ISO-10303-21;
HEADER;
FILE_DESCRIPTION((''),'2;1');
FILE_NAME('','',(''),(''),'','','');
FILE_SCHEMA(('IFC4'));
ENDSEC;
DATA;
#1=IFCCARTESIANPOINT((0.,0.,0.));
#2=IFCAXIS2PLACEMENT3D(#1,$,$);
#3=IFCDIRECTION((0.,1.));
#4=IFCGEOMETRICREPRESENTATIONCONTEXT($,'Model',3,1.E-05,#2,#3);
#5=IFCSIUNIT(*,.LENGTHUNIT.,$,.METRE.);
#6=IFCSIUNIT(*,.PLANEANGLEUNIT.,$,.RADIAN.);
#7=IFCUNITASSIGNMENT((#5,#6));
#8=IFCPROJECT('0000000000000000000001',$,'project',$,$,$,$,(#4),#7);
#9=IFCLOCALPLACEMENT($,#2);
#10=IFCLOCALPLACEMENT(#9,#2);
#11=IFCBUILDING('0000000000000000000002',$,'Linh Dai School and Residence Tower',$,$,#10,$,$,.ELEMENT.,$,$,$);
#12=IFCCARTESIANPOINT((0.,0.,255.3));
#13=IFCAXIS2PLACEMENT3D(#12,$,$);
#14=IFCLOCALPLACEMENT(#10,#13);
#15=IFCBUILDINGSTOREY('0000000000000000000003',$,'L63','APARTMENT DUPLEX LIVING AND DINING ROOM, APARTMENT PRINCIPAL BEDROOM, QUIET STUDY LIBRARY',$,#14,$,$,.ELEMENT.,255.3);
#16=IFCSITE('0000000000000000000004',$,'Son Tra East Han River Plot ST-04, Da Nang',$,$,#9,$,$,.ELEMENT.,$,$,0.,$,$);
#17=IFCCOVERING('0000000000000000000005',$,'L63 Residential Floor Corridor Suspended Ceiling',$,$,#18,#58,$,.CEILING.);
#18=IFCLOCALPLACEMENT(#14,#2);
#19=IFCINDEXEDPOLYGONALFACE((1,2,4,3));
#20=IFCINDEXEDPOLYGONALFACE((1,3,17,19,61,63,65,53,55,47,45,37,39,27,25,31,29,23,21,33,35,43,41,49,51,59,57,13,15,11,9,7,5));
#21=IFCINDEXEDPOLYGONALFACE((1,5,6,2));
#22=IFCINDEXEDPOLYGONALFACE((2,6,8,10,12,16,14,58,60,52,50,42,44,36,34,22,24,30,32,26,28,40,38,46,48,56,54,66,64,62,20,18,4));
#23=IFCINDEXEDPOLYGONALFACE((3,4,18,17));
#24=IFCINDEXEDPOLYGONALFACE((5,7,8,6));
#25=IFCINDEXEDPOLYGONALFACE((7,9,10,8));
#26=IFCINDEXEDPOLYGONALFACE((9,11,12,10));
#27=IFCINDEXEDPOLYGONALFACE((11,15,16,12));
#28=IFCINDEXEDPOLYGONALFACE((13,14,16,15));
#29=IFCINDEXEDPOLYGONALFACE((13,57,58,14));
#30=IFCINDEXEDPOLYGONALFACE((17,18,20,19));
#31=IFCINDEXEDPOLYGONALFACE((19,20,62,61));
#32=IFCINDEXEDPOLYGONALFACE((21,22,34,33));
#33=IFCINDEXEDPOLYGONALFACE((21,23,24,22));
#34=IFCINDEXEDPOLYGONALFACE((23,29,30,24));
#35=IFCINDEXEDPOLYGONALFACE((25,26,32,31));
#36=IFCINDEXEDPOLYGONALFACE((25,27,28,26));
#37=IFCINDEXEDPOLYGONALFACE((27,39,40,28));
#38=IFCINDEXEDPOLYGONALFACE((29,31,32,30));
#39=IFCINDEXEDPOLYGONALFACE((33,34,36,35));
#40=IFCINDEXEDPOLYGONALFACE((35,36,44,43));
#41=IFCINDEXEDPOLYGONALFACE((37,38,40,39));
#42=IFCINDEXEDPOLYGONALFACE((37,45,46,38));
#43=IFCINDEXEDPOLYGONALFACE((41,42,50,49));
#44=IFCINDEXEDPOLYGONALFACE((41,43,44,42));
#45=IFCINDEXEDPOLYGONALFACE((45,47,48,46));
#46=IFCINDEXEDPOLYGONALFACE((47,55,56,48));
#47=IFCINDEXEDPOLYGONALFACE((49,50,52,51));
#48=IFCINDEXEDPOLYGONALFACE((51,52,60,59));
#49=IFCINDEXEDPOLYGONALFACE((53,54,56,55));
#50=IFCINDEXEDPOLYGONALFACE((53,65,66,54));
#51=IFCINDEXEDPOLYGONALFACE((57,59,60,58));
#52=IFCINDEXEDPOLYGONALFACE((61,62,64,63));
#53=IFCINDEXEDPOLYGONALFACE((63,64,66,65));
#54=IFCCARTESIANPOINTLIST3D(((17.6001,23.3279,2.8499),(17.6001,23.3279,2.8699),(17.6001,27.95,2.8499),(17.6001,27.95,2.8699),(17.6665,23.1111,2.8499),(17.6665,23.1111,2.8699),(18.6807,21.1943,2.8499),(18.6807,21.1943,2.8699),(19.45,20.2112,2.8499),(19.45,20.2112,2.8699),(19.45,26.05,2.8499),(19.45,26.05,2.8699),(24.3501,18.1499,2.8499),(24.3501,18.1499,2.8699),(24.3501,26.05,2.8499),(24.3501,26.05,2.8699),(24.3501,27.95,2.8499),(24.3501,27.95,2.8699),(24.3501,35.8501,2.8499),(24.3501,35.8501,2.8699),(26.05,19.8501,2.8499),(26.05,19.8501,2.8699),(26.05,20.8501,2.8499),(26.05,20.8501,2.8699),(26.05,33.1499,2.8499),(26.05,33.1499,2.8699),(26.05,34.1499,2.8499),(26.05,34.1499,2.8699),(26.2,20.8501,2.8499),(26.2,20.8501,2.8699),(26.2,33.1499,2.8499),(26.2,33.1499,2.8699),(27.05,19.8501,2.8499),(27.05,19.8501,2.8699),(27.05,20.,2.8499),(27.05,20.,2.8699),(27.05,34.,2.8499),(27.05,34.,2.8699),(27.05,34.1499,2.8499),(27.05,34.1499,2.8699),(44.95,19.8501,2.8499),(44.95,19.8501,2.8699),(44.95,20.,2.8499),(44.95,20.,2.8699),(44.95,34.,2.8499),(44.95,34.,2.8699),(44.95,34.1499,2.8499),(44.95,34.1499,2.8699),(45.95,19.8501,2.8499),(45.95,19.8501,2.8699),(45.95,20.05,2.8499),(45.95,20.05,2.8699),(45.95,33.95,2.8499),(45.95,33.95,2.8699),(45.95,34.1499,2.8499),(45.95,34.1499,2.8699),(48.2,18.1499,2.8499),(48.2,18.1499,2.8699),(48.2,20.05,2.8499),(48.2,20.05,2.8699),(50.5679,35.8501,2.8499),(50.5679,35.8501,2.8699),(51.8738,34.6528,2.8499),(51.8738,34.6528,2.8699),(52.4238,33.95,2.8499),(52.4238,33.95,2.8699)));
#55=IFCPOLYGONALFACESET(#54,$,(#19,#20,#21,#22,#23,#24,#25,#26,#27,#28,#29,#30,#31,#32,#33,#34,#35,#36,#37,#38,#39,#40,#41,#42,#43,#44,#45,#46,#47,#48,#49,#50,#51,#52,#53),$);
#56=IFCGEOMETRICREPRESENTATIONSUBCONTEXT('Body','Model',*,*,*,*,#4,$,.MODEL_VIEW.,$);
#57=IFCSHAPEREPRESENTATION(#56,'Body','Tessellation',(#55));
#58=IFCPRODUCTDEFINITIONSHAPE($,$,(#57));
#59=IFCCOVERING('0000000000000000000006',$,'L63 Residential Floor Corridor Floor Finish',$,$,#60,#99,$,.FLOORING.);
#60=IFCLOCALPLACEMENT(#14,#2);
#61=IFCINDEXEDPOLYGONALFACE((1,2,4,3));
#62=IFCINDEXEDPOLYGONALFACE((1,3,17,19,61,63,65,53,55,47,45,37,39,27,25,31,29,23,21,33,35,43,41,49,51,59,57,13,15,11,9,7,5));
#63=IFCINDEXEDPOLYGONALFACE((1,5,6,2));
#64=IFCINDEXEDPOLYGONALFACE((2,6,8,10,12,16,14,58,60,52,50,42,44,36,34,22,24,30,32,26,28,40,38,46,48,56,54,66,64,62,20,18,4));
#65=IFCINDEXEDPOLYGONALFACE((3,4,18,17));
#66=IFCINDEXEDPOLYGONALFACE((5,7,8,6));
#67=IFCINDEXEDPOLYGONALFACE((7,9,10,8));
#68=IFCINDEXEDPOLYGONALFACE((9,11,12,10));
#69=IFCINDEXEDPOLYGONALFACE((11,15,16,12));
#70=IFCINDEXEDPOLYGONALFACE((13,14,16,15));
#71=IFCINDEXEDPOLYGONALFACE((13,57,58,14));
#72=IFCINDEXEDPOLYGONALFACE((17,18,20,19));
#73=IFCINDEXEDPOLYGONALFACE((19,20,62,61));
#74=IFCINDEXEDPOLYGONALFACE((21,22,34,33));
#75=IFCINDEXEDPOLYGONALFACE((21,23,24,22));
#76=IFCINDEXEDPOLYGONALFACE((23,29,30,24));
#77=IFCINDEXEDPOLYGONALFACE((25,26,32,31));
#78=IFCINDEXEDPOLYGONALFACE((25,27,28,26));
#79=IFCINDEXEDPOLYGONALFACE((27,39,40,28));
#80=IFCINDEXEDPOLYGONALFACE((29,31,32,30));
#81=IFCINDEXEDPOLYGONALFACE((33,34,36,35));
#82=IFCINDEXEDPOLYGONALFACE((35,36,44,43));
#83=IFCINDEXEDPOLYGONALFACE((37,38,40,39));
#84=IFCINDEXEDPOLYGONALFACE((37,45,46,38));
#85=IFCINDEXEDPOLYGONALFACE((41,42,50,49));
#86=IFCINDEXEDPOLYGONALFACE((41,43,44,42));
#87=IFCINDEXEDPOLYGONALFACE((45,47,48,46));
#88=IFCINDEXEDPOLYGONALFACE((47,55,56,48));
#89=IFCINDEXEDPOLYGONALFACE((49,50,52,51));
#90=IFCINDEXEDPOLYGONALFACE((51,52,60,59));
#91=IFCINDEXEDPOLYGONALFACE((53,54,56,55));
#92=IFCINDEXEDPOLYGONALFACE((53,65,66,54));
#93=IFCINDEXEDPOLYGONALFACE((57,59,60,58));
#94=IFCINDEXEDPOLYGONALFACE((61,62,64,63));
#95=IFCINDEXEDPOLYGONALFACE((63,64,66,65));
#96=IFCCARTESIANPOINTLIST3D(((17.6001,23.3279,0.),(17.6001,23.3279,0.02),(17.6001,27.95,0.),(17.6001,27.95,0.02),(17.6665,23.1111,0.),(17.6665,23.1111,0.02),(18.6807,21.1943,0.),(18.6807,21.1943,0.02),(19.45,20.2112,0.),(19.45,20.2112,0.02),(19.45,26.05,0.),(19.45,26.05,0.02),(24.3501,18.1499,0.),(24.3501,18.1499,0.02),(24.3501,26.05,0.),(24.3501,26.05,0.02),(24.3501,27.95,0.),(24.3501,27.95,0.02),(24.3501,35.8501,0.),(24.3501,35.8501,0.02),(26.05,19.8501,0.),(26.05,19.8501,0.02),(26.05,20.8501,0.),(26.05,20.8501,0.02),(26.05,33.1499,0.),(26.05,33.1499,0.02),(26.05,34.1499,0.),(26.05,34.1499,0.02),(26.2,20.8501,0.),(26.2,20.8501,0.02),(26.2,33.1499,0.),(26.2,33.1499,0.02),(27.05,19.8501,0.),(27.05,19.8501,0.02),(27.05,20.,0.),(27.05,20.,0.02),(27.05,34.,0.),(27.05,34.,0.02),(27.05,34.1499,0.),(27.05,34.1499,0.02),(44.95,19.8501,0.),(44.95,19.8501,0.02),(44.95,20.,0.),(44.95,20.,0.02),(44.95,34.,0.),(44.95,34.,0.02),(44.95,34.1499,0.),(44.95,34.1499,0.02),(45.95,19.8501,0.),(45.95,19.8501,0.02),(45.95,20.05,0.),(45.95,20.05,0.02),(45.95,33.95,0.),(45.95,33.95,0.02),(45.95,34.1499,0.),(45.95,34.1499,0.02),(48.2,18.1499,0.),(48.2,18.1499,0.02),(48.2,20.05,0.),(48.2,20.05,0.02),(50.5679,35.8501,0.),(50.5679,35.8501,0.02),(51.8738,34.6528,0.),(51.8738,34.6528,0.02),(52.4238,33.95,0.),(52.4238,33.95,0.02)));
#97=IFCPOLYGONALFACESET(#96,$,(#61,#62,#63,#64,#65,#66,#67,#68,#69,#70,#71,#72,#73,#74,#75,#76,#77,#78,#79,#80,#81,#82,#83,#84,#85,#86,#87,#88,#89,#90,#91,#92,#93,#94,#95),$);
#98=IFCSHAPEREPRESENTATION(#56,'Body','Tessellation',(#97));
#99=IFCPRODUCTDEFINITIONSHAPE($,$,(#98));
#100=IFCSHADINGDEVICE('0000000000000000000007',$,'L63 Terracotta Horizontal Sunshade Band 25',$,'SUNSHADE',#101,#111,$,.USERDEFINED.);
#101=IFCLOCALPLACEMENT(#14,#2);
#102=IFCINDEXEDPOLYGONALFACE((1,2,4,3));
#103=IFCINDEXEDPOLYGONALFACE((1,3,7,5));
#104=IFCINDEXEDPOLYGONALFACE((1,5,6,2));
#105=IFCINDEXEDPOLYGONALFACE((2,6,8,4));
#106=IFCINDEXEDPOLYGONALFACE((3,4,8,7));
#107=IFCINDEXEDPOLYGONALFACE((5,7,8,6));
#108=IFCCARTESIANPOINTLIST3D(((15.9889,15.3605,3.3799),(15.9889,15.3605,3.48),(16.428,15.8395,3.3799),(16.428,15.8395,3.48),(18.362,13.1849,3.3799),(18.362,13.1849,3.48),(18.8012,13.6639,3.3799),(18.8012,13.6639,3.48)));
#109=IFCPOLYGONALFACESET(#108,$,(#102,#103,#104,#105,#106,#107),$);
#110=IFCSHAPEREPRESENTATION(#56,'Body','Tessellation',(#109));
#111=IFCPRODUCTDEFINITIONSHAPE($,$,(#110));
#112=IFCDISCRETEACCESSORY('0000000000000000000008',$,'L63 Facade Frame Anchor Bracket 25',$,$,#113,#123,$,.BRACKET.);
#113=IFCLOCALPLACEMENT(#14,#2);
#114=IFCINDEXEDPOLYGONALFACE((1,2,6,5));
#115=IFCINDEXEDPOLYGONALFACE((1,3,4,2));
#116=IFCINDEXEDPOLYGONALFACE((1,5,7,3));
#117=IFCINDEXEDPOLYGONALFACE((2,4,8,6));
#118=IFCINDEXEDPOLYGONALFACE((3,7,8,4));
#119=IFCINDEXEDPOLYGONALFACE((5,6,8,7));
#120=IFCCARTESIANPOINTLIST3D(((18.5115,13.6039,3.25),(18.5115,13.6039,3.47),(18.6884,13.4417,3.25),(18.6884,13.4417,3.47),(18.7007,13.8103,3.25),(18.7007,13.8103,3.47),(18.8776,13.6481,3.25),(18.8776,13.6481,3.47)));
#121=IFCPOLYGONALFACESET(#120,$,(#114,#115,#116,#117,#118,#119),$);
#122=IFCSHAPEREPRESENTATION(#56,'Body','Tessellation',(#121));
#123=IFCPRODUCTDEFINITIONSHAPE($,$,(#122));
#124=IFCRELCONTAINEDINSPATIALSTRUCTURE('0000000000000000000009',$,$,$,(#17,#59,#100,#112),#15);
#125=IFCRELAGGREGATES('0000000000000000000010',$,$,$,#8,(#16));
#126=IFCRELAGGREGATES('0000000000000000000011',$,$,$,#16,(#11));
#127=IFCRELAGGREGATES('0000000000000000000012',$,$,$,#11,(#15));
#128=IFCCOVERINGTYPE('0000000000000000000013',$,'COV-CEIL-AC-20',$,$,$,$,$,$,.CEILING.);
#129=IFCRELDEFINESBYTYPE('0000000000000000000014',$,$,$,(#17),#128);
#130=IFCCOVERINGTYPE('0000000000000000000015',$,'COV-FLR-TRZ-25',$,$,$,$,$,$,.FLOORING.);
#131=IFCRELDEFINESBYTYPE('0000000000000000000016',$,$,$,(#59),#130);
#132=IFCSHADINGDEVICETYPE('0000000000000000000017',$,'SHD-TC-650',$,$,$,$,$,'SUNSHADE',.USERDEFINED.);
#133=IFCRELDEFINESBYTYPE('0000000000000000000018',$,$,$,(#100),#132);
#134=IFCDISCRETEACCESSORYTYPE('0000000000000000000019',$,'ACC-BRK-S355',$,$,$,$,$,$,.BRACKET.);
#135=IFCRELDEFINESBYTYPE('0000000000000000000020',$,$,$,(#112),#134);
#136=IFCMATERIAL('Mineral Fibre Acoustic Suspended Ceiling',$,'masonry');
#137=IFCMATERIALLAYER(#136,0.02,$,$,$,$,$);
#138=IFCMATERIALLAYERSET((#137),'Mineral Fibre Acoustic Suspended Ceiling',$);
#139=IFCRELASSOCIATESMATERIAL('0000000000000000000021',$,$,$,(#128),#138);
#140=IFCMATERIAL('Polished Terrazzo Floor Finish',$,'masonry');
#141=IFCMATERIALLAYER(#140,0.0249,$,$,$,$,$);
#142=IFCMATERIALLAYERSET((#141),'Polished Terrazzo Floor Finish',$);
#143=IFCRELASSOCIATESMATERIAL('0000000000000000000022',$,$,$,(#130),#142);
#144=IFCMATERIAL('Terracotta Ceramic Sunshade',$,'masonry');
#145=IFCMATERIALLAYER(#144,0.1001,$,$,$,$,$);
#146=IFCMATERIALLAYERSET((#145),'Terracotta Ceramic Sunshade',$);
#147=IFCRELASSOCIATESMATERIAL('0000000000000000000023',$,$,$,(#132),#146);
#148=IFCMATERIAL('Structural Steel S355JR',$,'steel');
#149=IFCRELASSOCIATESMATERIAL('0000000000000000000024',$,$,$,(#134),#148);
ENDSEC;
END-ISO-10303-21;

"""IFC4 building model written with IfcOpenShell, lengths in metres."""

from ifc_helpers import new_model, si_unit, direction, frame, origin, origin_2d, place, context, subcontext, project, spatial, polyline, rectangle, outline, extrude, source, transform, mapped, material, layer, layer_set, type_object, element, save


model = new_model("IFC4")

# Units and contexts
model_context = context("Model", 3, precision=1e-05, world=origin(), true_north=direction((0.0, 1.0)))
body_context = subcontext(model_context, "Body", "Model", "MODEL_VIEW")
ifc_project = project(units=[si_unit("LENGTHUNIT", "METRE"), si_unit("PLANEANGLEUNIT", "RADIAN")], contexts=[model_context])

# Site, building, storey
site_placement = place(None, origin())
site = spatial("IfcSite", under=ifc_project, at=site_placement, Name="Son Tra East Han River Plot ST-04, Da Nang", CompositionType="ELEMENT", RefElevation=0.0)
building_placement = place(site_placement, origin())
building = spatial("IfcBuilding", under=site, at=building_placement, Name="Linh Dai School and Residence Tower", CompositionType="ELEMENT")
storey_placement = place(building_placement, frame((0.0, 0.0, 255.3)))
storey = spatial("IfcBuildingStorey", under=building, at=storey_placement, Name="L63", Description="APARTMENT DUPLEX LIVING AND DINING ROOM, APARTMENT PRINCIPAL BEDROOM, QUIET STUDY LIBRARY", CompositionType="ELEMENT", Elevation=255.3)

# Shared definitions
ifc_material_1 = material(Name="Structural Steel S355JR", Category="steel")

# Coverings
ifc_material_2 = material(Name="Mineral Fibre Acoustic Suspended Ceiling", Category="masonry")
ifc_layer_1 = layer(ifc_material_2, 0.02)
ifc_layer_set_1 = layer_set([ifc_layer_1], Name="Mineral Fibre Acoustic Suspended Ceiling")
covering_type_1 = type_object("IfcCoveringType", Name="COV-CEIL-AC-20", PredefinedType="CEILING", material=ifc_layer_set_1)
covering_1_placement = place(storey_placement, frame((0.0, 0.0, 2.8499)))
element("IfcCovering", 1, at=covering_1_placement, inside=storey, type_object=covering_type_1, Name="L63 Residential Floor Corridor Suspended Ceiling", PredefinedType="CEILING", context=body_context, shape_type="SweptSolid", body=[
    extrude(outline(polyline([(19.45, 20.2112), (18.6807, 21.1943), (17.6665, 23.1111), (17.6001, 23.3279), (17.6001, 27.95), (24.3501, 27.95), (24.3501, 35.8501), (50.5679, 35.8501), (51.8738, 34.6528), (52.4238, 33.95), (45.95, 33.95), (45.95, 34.1499), (44.95, 34.1499), (44.95, 34.0), (27.05, 34.0), (27.05, 34.1499), (26.05, 34.1499), (26.05, 33.1499), (26.2, 33.1499), (26.2, 20.8501), (26.05, 20.8501), (26.05, 19.8501), (27.05, 19.8501), (27.05, 20.0), (44.95, 20.0), (44.95, 19.8501), (45.95, 19.8501), (45.95, 20.05), (48.2, 20.05), (48.2, 18.1499), (24.3501, 18.1499), (24.3501, 26.05), (19.45, 26.05), (19.45, 20.2112)])), origin(), (0.0, 0.0, 1.0), 0.02),
])
ifc_material_3 = material(Name="Polished Terrazzo Floor Finish", Category="masonry")
ifc_layer_2 = layer(ifc_material_3, 0.0249)
ifc_layer_set_2 = layer_set([ifc_layer_2], Name="Polished Terrazzo Floor Finish")
covering_type_2 = type_object("IfcCoveringType", Name="COV-FLR-TRZ-25", PredefinedType="FLOORING", material=ifc_layer_set_2)
covering_2_placement = place(storey_placement, origin())
element("IfcCovering", 2, at=covering_2_placement, inside=storey, type_object=covering_type_2, Name="L63 Residential Floor Corridor Floor Finish", PredefinedType="FLOORING", context=body_context, shape_type="SweptSolid", body=[
    extrude(outline(polyline([(19.45, 20.2112), (18.6807, 21.1943), (17.6665, 23.1111), (17.6001, 23.3279), (17.6001, 27.95), (24.3501, 27.95), (24.3501, 35.8501), (50.5679, 35.8501), (51.8738, 34.6528), (52.4238, 33.95), (45.95, 33.95), (45.95, 34.1499), (44.95, 34.1499), (44.95, 34.0), (27.05, 34.0), (27.05, 34.1499), (26.05, 34.1499), (26.05, 33.1499), (26.2, 33.1499), (26.2, 20.8501), (26.05, 20.8501), (26.05, 19.8501), (27.05, 19.8501), (27.05, 20.0), (44.95, 20.0), (44.95, 19.8501), (45.95, 19.8501), (45.95, 20.05), (48.2, 20.05), (48.2, 18.1499), (24.3501, 18.1499), (24.3501, 26.05), (19.45, 26.05), (19.45, 20.2112)])), origin(), (0.0, 0.0, 1.0), 0.02),
])

# Shading device
ifc_material_4 = material(Name="Terracotta Ceramic Sunshade", Category="masonry")
ifc_layer_3 = layer(ifc_material_4, 0.1001)
ifc_layer_set_3 = layer_set([ifc_layer_3], Name="Terracotta Ceramic Sunshade")
shading_device_type = type_object("IfcShadingDeviceType", Name="SHD-TC-650", ElementType="SUNSHADE", PredefinedType="USERDEFINED", material=ifc_layer_set_3)
shared_shape_1 = source(origin(), body_context, "Body", "SweptSolid", [
    extrude(rectangle(XDim=3.2195, YDim=0.6499, at=origin_2d()), origin(), (0.0, 0.0, 1.0), 0.1001),
])
shading_device_placement = place(storey_placement, frame((17.395, 14.5122, 3.3799), z_axis=(0.0, 0.0, 1.0), x_axis=(-0.737125, 0.675756, 0.0)))
element("IfcShadingDevice", 3, at=shading_device_placement, inside=storey, type_object=shading_device_type, Name="L63 Terracotta Horizontal Sunshade Band 25", ObjectType="SUNSHADE", PredefinedType="USERDEFINED", context=body_context, shape_type="MappedRepresentation", body=[
    mapped(shared_shape_1, transform((0.0, 0.0, 0.0), x_axis=(1.0, 0.0, 0.0), y_axis=(0.0, 1.0, 0.0), z_axis=(0.0, 0.0, 1.0), scale=1.0)),
])

# Discrete accessory
discrete_accessory_type = type_object("IfcDiscreteAccessoryType", Name="ACC-BRK-S355", PredefinedType="BRACKET", material=ifc_material_1)
shared_shape_2 = source(origin(), body_context, "Body", "SweptSolid", [
    extrude(rectangle(XDim=0.28, YDim=0.24, at=origin_2d()), origin(), (0.0, 0.0, 1.0), 0.22),
])
discrete_accessory_placement = place(storey_placement, frame((18.6946, 13.626, 3.25), z_axis=(0.0, 0.0, 1.0), x_axis=(-0.675756, -0.737125, 0.0)))
element("IfcDiscreteAccessory", 4, at=discrete_accessory_placement, inside=storey, type_object=discrete_accessory_type, Name="L63 Facade Frame Anchor Bracket 25", PredefinedType="BRACKET", context=body_context, shape_type="MappedRepresentation", body=[
    mapped(shared_shape_2, transform((0.0, 0.0, 0.0), x_axis=(1.0, 0.0, 0.0), y_axis=(0.0, 1.0, 0.0), z_axis=(0.0, 0.0, 1.0), scale=1.0)),
])

save(model, "model.ifc")
